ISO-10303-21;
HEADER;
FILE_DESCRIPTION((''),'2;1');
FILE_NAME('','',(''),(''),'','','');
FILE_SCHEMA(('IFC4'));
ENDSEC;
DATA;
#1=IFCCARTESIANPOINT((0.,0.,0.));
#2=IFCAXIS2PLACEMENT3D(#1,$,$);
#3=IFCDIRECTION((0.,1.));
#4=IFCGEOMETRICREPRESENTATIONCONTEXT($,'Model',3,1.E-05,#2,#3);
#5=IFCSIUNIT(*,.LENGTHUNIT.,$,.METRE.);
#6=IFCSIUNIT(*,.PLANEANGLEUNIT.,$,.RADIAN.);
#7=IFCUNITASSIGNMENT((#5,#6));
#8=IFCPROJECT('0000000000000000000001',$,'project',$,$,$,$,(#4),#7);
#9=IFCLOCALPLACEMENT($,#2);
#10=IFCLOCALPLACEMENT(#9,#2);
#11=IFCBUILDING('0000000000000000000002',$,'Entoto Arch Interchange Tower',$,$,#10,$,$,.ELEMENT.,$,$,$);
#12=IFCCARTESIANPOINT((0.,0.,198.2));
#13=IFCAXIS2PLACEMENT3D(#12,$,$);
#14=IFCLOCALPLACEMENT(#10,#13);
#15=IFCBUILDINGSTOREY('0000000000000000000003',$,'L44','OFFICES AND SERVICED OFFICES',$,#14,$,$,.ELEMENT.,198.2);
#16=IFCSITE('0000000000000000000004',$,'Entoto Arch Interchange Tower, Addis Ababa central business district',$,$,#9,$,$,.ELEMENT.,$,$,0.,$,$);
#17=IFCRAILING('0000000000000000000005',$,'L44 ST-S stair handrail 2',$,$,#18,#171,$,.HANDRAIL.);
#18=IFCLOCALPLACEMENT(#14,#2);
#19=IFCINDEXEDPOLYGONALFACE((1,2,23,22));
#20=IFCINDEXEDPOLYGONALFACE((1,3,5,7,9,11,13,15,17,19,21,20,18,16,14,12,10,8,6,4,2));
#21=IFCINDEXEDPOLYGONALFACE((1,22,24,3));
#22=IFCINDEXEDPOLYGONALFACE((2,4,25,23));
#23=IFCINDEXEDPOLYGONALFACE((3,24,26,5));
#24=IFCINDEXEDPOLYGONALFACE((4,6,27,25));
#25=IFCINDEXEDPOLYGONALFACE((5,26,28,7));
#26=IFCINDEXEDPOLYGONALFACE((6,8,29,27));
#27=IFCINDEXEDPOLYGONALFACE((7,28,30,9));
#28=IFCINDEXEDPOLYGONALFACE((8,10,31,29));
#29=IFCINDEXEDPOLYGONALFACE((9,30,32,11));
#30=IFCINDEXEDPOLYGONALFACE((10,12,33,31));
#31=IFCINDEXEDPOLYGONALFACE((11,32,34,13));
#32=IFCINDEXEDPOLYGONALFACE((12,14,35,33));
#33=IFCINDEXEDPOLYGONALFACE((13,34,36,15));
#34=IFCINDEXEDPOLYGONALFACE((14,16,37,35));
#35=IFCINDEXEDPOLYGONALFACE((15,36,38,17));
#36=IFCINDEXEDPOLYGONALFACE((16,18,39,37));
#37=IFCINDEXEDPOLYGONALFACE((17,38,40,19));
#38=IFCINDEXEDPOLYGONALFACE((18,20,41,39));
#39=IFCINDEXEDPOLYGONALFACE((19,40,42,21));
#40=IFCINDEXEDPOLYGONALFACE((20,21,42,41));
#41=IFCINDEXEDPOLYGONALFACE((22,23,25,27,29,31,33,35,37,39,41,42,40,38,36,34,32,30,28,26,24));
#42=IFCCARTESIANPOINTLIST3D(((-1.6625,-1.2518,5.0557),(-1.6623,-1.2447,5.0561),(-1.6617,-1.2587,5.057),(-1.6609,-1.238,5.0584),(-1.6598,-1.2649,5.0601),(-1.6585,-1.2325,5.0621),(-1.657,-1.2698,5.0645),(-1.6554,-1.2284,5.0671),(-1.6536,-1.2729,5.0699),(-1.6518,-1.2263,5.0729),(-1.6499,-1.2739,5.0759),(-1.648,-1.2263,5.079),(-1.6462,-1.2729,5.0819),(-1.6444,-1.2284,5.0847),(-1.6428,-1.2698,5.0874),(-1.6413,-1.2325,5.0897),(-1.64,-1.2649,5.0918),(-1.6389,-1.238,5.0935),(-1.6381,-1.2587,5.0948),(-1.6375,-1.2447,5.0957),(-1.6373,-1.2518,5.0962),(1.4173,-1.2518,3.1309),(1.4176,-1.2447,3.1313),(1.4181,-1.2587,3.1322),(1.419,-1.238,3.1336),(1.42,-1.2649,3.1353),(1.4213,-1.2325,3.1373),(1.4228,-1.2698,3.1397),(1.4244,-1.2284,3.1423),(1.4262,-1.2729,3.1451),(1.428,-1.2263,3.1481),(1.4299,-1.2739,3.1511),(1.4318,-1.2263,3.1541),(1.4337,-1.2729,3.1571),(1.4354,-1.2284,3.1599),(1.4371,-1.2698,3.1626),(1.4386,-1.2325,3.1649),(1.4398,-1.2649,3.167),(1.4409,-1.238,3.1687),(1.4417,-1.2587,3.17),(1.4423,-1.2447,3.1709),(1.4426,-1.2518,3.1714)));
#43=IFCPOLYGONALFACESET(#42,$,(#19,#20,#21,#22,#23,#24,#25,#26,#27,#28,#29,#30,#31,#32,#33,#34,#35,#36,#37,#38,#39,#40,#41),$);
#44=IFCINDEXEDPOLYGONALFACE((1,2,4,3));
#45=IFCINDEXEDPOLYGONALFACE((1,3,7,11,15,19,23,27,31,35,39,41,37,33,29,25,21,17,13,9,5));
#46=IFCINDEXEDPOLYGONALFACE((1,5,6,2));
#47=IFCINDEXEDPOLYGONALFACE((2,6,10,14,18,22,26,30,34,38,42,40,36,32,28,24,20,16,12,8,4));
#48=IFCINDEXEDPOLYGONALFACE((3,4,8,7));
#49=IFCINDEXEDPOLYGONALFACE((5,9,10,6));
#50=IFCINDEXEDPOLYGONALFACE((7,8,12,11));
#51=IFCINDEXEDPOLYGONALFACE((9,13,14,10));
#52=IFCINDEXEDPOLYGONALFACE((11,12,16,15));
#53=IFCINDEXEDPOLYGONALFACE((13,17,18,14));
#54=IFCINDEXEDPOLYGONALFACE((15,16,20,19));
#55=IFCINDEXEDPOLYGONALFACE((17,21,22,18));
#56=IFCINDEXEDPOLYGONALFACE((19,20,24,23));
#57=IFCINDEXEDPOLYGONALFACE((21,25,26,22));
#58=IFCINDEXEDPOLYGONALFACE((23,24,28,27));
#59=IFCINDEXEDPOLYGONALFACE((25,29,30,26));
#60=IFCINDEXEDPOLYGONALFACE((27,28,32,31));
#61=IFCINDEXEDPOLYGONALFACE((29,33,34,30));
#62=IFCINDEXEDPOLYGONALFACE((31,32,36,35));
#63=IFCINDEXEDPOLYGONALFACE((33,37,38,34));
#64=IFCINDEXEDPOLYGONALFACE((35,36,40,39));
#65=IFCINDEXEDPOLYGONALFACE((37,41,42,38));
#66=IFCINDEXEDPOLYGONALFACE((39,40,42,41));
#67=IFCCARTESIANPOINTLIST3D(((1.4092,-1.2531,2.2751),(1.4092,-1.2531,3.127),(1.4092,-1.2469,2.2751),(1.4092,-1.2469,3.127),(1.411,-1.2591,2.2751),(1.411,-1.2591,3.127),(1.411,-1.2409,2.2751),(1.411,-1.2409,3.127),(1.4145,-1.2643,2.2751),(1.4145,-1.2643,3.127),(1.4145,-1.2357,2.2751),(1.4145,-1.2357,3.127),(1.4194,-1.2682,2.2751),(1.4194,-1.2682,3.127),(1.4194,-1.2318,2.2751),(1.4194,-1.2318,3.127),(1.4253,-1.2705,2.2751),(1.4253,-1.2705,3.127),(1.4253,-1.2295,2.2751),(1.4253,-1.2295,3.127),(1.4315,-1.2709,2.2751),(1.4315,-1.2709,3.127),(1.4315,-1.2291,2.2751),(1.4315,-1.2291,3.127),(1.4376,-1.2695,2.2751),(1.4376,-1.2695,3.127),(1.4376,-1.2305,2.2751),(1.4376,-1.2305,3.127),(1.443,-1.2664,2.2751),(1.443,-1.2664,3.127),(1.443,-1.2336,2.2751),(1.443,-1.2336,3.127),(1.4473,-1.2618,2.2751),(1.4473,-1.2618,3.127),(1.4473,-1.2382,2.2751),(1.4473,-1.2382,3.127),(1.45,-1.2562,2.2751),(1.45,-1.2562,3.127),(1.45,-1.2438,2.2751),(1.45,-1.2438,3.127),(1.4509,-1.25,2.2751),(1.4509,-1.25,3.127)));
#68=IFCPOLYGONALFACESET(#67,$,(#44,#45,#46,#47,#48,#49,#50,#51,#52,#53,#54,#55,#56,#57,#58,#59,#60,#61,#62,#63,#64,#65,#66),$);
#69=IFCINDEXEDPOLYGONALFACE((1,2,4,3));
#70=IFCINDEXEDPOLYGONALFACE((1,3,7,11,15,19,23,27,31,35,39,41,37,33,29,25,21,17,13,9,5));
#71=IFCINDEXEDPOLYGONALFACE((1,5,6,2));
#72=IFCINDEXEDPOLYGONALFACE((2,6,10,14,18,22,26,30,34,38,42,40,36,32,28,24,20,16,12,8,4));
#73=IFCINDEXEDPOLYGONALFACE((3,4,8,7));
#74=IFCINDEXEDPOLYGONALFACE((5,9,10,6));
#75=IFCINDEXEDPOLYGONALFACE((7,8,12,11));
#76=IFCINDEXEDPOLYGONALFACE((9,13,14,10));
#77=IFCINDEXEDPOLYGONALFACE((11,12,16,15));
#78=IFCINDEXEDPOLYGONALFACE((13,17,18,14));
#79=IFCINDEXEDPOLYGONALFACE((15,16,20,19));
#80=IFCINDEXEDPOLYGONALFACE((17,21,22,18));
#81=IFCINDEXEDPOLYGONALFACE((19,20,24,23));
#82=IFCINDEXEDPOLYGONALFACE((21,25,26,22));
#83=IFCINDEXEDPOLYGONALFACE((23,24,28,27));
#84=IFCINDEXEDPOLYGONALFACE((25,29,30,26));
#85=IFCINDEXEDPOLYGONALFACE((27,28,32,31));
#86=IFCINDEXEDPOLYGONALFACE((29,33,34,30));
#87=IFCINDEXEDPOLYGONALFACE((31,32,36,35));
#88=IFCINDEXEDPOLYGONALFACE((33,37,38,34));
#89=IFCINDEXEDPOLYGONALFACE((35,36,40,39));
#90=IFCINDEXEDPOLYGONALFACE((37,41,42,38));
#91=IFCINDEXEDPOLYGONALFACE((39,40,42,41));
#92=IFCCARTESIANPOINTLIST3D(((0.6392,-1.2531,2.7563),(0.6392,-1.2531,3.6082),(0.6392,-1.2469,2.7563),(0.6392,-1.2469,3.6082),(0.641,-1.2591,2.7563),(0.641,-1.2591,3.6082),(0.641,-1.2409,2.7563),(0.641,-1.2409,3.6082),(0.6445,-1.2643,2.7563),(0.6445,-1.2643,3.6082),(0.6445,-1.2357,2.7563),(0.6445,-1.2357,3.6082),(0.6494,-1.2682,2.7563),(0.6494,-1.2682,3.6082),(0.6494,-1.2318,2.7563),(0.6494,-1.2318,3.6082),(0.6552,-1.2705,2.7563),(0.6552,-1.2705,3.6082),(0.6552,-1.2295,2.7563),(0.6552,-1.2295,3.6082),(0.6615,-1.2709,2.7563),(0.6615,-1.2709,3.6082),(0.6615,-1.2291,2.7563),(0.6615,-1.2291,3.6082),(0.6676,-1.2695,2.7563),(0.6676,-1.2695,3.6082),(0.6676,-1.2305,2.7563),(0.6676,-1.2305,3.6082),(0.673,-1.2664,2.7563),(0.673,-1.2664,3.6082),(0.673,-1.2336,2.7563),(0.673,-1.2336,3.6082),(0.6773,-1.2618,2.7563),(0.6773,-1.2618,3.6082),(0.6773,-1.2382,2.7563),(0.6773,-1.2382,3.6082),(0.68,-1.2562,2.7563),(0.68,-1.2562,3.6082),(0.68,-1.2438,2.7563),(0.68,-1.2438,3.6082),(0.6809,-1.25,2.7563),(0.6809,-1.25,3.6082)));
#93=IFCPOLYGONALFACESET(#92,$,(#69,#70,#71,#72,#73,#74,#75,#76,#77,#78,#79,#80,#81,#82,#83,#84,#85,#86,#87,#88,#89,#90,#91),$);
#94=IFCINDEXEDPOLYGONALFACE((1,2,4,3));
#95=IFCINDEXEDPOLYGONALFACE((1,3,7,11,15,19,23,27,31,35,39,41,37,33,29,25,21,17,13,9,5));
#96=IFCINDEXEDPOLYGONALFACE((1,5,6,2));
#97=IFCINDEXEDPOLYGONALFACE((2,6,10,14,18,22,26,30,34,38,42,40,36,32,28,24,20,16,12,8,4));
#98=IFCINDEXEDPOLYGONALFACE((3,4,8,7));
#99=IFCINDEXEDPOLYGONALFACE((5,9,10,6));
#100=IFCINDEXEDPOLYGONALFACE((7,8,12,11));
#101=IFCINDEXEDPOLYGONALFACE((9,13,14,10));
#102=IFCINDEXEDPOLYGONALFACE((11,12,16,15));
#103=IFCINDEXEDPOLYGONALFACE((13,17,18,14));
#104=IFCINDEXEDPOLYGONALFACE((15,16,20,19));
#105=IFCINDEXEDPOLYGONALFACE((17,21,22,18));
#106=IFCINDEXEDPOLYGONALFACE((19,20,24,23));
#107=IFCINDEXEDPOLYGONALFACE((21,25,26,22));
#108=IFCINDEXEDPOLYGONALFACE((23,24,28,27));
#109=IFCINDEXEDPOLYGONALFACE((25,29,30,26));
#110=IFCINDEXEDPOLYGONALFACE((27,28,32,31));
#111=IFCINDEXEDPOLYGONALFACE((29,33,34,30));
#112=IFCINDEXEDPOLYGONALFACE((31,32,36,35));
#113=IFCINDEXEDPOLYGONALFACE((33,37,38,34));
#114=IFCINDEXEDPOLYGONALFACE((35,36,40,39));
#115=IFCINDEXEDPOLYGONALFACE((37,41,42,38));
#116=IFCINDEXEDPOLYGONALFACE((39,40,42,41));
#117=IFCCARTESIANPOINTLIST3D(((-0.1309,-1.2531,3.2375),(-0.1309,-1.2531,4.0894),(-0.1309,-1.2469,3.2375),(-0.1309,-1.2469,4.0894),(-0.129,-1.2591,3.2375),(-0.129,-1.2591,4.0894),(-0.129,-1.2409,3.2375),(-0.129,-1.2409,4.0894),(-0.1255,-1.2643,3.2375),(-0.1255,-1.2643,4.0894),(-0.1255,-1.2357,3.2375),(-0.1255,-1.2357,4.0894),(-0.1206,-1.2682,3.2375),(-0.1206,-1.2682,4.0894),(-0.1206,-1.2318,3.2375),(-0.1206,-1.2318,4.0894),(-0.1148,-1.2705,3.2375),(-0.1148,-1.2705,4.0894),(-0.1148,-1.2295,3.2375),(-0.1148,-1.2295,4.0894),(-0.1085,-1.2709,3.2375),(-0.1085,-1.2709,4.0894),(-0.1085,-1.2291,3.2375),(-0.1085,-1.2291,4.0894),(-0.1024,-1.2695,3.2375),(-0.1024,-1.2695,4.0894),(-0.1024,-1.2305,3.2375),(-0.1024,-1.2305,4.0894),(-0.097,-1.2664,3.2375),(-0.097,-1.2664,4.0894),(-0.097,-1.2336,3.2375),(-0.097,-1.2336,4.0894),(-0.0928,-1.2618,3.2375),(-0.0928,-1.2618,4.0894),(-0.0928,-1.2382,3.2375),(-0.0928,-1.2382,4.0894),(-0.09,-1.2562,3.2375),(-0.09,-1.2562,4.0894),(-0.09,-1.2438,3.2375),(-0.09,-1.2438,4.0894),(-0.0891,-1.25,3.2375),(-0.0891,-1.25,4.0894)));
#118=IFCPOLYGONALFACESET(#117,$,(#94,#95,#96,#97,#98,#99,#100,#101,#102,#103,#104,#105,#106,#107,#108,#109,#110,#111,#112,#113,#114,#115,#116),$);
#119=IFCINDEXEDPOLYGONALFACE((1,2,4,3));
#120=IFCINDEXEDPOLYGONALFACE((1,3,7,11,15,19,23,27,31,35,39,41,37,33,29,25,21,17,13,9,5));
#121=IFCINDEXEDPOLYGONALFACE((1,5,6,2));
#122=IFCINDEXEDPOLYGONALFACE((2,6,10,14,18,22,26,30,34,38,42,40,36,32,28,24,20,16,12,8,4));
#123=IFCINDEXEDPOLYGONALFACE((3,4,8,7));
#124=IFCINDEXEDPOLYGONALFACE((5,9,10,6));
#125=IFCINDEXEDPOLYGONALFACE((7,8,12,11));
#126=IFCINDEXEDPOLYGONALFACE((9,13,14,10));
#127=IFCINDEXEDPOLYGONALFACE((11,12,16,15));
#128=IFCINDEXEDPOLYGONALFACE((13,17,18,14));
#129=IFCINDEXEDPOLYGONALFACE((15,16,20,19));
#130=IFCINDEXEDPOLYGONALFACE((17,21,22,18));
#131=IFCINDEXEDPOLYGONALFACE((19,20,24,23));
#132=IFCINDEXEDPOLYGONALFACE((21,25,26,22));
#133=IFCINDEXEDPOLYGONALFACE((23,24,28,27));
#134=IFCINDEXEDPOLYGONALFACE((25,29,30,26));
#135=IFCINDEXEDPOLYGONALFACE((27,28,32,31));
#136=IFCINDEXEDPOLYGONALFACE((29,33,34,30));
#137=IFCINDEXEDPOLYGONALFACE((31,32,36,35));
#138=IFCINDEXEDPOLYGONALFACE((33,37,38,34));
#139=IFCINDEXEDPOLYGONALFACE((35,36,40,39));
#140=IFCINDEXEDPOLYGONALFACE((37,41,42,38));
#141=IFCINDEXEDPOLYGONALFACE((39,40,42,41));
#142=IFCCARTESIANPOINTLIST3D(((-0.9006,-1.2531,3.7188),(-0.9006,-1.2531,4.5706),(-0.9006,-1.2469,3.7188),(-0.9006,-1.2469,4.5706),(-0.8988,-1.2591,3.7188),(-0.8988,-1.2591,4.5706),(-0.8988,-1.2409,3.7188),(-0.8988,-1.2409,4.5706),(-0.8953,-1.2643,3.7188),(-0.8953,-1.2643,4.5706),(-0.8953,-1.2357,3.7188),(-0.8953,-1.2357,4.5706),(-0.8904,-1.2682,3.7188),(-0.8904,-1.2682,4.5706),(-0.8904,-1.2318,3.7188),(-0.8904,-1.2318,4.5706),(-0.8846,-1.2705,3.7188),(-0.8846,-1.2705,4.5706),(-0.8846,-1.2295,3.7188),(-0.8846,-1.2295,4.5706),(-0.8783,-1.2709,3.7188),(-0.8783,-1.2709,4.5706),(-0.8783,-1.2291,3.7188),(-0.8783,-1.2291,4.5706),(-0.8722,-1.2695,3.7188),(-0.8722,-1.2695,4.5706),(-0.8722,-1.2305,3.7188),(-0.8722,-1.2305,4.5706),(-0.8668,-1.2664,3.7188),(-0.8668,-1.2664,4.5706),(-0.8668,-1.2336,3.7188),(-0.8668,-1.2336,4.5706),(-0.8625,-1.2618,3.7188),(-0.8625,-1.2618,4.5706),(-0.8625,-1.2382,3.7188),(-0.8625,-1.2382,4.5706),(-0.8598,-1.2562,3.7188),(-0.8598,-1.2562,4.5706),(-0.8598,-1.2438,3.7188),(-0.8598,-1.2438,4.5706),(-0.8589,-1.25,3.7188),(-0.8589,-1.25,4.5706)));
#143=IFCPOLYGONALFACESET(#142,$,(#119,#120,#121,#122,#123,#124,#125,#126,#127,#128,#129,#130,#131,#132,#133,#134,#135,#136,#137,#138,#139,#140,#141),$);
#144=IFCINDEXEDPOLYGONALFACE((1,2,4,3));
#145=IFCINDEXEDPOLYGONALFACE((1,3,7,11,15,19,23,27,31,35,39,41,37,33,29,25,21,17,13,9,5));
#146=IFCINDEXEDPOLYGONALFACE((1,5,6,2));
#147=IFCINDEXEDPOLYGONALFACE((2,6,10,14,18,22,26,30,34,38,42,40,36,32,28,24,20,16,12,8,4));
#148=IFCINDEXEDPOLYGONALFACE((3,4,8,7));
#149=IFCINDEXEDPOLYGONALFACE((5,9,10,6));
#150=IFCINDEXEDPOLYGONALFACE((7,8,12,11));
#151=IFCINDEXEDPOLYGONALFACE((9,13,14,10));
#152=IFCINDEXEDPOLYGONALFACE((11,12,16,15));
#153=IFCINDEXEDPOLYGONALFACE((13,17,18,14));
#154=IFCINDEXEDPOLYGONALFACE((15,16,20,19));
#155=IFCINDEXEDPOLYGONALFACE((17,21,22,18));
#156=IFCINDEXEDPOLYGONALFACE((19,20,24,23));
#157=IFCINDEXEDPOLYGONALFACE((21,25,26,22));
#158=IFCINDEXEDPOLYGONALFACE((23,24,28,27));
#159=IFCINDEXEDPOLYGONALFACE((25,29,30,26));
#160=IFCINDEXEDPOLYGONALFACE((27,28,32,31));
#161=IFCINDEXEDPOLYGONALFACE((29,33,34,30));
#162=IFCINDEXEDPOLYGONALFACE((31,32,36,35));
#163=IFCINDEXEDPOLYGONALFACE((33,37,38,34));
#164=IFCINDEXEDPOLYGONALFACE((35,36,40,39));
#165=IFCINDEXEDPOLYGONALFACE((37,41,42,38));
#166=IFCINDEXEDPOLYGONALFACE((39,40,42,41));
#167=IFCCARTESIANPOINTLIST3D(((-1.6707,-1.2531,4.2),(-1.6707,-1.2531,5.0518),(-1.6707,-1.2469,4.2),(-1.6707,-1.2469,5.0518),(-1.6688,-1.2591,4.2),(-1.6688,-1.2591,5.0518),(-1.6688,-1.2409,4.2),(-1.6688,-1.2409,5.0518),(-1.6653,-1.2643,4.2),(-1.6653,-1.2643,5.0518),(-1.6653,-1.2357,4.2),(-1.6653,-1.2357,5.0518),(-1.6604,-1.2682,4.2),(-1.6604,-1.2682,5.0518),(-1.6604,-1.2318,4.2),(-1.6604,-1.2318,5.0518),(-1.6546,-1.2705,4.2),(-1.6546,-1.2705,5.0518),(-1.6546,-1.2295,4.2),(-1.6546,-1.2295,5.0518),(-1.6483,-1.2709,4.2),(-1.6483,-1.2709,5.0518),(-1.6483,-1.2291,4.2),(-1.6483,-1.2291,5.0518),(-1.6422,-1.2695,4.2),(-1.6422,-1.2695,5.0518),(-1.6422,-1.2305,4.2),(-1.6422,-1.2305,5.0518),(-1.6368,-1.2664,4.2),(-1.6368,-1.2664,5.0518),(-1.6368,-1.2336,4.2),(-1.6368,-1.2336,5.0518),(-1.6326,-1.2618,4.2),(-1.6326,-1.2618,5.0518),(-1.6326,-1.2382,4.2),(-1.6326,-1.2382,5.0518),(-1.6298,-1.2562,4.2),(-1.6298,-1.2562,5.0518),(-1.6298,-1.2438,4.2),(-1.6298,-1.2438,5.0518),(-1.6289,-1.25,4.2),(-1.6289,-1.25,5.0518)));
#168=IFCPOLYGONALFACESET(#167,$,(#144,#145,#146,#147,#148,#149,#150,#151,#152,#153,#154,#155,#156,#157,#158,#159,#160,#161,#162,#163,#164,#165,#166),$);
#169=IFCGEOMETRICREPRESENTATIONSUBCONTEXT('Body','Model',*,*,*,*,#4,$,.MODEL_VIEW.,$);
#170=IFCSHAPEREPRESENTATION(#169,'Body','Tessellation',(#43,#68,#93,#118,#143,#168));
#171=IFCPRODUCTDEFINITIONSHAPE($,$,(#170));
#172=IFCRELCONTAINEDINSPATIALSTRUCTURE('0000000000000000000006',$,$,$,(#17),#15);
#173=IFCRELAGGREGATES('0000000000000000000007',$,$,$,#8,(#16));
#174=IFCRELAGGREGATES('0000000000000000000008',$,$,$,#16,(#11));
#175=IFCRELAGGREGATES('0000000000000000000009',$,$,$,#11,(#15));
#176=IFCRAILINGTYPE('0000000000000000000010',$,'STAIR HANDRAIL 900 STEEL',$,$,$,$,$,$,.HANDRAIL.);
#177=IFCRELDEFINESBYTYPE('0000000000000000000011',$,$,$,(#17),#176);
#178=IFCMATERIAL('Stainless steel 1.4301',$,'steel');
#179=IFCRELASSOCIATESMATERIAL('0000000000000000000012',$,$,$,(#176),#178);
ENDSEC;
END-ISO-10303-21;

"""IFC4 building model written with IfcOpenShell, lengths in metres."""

from ifc_helpers import new_model, si_unit, direction, frame, origin, origin_2d, place, context, subcontext, project, spatial, circle, extrude, material, type_object, element, save


model = new_model("IFC4")

# Units and contexts
model_context = context("Model", 3, precision=1e-05, world=origin(), true_north=direction((0.0, 1.0)))
body_context = subcontext(model_context, "Body", "Model", "MODEL_VIEW")
ifc_project = project(units=[si_unit("LENGTHUNIT", "METRE"), si_unit("PLANEANGLEUNIT", "RADIAN")], contexts=[model_context])

# Site, building, storey
site_placement = place(None, origin())
site = spatial("IfcSite", under=ifc_project, at=site_placement, Name="Entoto Arch Interchange Tower, Addis Ababa central business district", CompositionType="ELEMENT", RefElevation=0.0)
building_placement = place(site_placement, origin())
building = spatial("IfcBuilding", under=site, at=building_placement, Name="Entoto Arch Interchange Tower", CompositionType="ELEMENT")
storey_placement = place(building_placement, frame((0.0, 0.0, 198.2)))
storey = spatial("IfcBuildingStorey", under=building, at=storey_placement, Name="L44", Description="OFFICES AND SERVICED OFFICES", CompositionType="ELEMENT", Elevation=198.2)

# Railing
ifc_material_1 = material(Name="Stainless steel 1.4301", Category="steel")
railing_type_1 = type_object("IfcRailingType", Name="STAIR HANDRAIL 900 STEEL", PredefinedType="HANDRAIL", material=ifc_material_1)
railing_1_placement = place(storey_placement, frame((1.4299, -1.25, 2.2751)))
element("IfcRailing", 1, at=railing_1_placement, inside=storey, type_object=railing_type_1, Name="L44 ST-S stair handrail 2", PredefinedType="HANDRAIL", context=body_context, shape_type="SweptSolid", body=[
    extrude(circle(Radius=0.0239, at=origin_2d()), frame((0.0, 0.0, 0.876), z_axis=(-0.84801, 0.0, 0.529981), x_axis=(0.0, -1.0, 0.0)), (0.0, 0.0, 1.0), 3.6318),
    extrude(circle(Radius=0.021, at=origin_2d()), origin(), (0.0, 0.0, 1.0), 0.8518),
    extrude(circle(Radius=0.021, at=origin_2d()), frame((-0.77, 0.0, 0.4812)), (0.0, 0.0, 1.0), 0.8518),
    extrude(circle(Radius=0.021, at=origin_2d()), frame((-1.54, 0.0, 0.9624)), (0.0, 0.0, 1.0), 0.8518),
    extrude(circle(Radius=0.021, at=origin_2d()), frame((-2.3098, 0.0, 1.4436)), (0.0, 0.0, 1.0), 0.8518),
    extrude(circle(Radius=0.021, at=origin_2d()), frame((-3.0798, 0.0, 1.9248)), (0.0, 0.0, 1.0), 0.8518),
])

save(model, "model.ifc")
